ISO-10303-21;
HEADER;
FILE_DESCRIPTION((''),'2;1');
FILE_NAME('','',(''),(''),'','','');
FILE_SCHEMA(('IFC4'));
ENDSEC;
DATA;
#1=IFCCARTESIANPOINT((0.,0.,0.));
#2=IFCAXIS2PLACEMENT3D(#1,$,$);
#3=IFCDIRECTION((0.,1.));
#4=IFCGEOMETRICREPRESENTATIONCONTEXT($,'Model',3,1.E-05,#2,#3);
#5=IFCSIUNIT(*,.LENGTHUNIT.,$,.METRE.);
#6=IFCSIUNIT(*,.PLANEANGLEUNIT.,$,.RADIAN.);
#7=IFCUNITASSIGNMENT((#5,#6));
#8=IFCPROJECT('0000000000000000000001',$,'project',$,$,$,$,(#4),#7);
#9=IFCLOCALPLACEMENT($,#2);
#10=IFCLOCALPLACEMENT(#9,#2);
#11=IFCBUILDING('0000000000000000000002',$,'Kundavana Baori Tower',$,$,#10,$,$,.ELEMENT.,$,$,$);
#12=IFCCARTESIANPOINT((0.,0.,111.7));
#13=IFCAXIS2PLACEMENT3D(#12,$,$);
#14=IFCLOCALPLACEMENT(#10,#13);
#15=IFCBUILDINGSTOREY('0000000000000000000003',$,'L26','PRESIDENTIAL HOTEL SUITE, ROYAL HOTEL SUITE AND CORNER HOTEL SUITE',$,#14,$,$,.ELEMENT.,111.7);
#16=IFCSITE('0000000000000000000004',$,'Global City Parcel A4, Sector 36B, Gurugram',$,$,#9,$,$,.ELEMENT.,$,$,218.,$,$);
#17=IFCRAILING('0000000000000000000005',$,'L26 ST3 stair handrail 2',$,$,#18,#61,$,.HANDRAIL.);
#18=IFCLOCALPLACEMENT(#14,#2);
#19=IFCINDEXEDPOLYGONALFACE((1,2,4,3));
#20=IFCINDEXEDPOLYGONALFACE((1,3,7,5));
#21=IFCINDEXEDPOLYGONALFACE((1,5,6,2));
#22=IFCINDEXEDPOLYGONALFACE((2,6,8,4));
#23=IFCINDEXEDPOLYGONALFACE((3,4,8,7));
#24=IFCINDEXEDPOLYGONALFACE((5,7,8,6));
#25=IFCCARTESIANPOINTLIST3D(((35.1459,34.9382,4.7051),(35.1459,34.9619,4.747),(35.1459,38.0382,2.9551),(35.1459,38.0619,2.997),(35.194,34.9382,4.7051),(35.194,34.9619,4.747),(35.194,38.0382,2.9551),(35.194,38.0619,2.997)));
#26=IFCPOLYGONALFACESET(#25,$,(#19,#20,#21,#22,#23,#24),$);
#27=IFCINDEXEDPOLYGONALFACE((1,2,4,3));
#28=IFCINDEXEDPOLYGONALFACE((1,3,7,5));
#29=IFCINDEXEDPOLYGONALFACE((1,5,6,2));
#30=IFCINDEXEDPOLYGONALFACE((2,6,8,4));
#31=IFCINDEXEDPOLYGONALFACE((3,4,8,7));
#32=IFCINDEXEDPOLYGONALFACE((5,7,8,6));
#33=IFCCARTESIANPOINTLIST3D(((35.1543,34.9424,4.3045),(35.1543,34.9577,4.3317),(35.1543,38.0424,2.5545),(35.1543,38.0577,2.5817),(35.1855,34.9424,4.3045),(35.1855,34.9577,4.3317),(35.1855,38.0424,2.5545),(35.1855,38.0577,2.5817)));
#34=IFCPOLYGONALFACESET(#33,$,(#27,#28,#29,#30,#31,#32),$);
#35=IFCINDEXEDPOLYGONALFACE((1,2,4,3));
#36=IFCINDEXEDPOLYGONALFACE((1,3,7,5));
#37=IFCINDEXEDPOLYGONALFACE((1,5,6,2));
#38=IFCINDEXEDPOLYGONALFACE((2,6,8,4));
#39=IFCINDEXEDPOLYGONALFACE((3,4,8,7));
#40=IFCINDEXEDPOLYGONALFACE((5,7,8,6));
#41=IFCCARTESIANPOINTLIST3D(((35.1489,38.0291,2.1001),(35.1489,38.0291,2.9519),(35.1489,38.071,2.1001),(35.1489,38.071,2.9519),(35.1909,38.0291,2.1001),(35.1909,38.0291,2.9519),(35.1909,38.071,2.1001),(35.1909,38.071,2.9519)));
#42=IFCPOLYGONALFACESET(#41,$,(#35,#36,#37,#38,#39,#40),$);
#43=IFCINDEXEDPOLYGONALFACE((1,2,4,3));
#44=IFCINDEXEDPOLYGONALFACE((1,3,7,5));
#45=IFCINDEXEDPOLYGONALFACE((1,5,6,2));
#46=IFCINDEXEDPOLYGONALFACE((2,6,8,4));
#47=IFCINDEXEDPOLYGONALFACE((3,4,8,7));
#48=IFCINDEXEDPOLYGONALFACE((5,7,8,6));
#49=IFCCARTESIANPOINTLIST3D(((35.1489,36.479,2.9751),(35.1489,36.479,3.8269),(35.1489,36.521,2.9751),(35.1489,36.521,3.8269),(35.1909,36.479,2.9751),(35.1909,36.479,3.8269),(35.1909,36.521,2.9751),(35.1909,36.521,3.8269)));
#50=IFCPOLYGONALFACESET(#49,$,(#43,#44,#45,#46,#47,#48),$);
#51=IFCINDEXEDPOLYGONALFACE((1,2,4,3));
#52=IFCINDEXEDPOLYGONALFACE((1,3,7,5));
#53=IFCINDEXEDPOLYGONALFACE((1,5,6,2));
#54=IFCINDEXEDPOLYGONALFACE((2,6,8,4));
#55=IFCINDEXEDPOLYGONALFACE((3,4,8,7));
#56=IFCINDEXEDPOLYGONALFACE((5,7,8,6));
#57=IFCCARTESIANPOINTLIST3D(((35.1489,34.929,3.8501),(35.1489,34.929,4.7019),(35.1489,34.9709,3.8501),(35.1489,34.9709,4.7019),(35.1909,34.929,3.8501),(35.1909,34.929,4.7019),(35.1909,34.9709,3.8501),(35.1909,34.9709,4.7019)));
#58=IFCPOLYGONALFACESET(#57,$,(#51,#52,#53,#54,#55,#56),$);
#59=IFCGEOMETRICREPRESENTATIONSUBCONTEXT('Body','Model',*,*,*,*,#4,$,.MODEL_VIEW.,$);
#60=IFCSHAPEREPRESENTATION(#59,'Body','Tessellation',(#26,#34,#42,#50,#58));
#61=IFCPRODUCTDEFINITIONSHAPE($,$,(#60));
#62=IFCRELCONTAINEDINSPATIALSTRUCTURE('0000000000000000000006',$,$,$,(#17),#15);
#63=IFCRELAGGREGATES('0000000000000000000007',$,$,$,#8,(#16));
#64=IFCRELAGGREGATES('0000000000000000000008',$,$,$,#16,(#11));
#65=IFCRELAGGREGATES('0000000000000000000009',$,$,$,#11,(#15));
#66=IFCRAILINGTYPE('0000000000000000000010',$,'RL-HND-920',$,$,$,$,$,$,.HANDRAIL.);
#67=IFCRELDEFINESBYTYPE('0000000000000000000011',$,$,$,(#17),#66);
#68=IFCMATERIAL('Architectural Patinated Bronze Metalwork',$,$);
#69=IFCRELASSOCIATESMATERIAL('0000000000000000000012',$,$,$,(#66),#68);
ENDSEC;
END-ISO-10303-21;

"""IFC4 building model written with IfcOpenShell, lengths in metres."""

from ifc_helpers import new_model, si_unit, direction, frame, origin, origin_2d, place, context, subcontext, project, spatial, rectangle, extrude, material, type_object, element, save


model = new_model("IFC4")

# Units and contexts
model_context = context("Model", 3, precision=1e-05, world=origin(), true_north=direction((0.0, 1.0)))
body_context = subcontext(model_context, "Body", "Model", "MODEL_VIEW")
ifc_project = project(units=[si_unit("LENGTHUNIT", "METRE"), si_unit("PLANEANGLEUNIT", "RADIAN")], contexts=[model_context])

# Site, building, storey
site_placement = place(None, origin())
site = spatial("IfcSite", under=ifc_project, at=site_placement, Name="Global City Parcel A4, Sector 36B, Gurugram", CompositionType="ELEMENT", RefElevation=218.0)
building_placement = place(site_placement, origin())
building = spatial("IfcBuilding", under=site, at=building_placement, Name="Kundavana Baori Tower", CompositionType="ELEMENT")
storey_placement = place(building_placement, frame((0.0, 0.0, 111.7)))
storey = spatial("IfcBuildingStorey", under=building, at=storey_placement, Name="L26", Description="PRESIDENTIAL HOTEL SUITE, ROYAL HOTEL SUITE AND CORNER HOTEL SUITE", CompositionType="ELEMENT", Elevation=111.7)

# Railing
ifc_material_1 = material(Name="Architectural Patinated Bronze Metalwork")
railing_type_1 = type_object("IfcRailingType", Name="RL-HND-920", PredefinedType="HANDRAIL", material=ifc_material_1)
railing_1_placement = place(storey_placement, frame((35.1699, 38.05, 2.1001)))
element("IfcRailing", 1, at=railing_1_placement, inside=storey, type_object=railing_type_1, Name="L26 ST3 stair handrail 2", PredefinedType="HANDRAIL", context=body_context, shape_type="SweptSolid", body=[
    extrude(rectangle(XDim=0.0481, YDim=0.0481, at=origin_2d()), frame((0.0, 0.0, 0.876), z_axis=(0.0, -0.870831, 0.491583), x_axis=(1.0, 0.0, 0.0)), (0.0, 0.0, 1.0), 3.5598),
    extrude(rectangle(XDim=0.0312, YDim=0.0312, at=origin_2d()), frame((0.0, 0.0, 0.468), z_axis=(0.0, -0.870831, 0.491583), x_axis=(1.0, 0.0, 0.0)), (0.0, 0.0, 1.0), 3.5598),
    extrude(rectangle(XDim=0.042, YDim=0.042, at=origin_2d()), origin(), (0.0, 0.0, 1.0), 0.8518),
    extrude(rectangle(XDim=0.042, YDim=0.042, at=origin_2d()), frame((0.0, -1.55, 0.875)), (0.0, 0.0, 1.0), 0.8518),
    extrude(rectangle(XDim=0.042, YDim=0.042, at=origin_2d()), frame((0.0, -3.1001, 1.75)), (0.0, 0.0, 1.0), 0.8518),
])

save(model, "model.ifc")
